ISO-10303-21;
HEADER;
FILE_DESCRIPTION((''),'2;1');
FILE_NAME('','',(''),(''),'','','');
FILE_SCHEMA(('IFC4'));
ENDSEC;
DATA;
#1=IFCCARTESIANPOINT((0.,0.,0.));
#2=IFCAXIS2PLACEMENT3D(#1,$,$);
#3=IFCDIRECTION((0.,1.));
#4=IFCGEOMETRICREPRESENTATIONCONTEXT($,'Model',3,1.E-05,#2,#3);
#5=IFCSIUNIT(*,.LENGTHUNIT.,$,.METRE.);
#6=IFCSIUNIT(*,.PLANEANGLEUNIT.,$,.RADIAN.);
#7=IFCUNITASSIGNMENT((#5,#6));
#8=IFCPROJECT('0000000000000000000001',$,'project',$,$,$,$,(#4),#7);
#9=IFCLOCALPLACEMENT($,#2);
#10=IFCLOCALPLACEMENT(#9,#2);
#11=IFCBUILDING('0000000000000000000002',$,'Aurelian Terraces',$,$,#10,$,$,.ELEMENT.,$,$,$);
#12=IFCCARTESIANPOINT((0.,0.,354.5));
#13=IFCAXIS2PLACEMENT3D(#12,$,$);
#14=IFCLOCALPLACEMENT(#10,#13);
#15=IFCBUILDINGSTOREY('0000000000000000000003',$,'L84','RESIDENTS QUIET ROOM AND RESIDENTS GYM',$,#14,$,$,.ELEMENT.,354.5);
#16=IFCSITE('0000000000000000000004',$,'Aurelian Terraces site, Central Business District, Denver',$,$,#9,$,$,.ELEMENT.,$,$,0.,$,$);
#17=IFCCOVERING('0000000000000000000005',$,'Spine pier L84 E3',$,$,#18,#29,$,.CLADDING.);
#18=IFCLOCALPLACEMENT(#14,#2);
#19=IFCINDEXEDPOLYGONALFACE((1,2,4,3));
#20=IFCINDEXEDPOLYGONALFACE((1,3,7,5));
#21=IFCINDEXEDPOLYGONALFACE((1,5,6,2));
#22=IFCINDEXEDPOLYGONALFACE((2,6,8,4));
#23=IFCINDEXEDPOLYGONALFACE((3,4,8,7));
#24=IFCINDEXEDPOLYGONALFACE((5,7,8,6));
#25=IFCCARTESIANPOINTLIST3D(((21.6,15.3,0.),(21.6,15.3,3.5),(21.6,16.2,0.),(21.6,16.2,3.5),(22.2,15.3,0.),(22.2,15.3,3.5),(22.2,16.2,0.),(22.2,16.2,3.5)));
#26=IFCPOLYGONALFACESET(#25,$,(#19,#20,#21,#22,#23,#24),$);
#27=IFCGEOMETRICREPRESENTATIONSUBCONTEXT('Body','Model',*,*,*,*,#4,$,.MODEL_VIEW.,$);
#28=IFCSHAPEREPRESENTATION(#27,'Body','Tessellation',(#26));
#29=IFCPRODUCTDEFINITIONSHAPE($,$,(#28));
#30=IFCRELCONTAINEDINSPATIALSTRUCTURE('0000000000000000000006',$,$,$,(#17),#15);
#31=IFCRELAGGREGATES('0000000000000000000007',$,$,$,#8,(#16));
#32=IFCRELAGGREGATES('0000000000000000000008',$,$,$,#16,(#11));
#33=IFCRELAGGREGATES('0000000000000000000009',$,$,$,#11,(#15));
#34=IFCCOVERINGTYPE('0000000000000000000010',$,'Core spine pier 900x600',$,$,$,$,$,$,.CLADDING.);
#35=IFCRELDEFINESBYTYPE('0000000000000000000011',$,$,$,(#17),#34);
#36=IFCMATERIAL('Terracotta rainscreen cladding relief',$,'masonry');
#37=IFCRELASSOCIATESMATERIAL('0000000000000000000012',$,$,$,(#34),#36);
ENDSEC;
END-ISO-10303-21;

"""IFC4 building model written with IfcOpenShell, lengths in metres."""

from ifc_helpers import new_model, si_unit, direction, frame, origin, origin_2d, place, context, subcontext, project, spatial, rectangle, extrude, source, transform, mapped, material, type_object, element, save


model = new_model("IFC4")

# Units and contexts
model_context = context("Model", 3, precision=1e-05, world=origin(), true_north=direction((0.0, 1.0)))
body_context = subcontext(model_context, "Body", "Model", "MODEL_VIEW")
ifc_project = project(units=[si_unit("LENGTHUNIT", "METRE"), si_unit("PLANEANGLEUNIT", "RADIAN")], contexts=[model_context])

# Site, building, storey
site_placement = place(None, origin())
site = spatial("IfcSite", under=ifc_project, at=site_placement, Name="Aurelian Terraces site, Central Business District, Denver", CompositionType="ELEMENT", RefElevation=0.0)
building_placement = place(site_placement, origin())
building = spatial("IfcBuilding", under=site, at=building_placement, Name="Aurelian Terraces", CompositionType="ELEMENT")
storey_placement = place(building_placement, frame((0.0, 0.0, 354.5)))
storey = spatial("IfcBuildingStorey", under=building, at=storey_placement, Name="L84", Description="RESIDENTS QUIET ROOM AND RESIDENTS GYM", CompositionType="ELEMENT", Elevation=354.5)

# Covering
ifc_material_1 = material(Name="Terracotta rainscreen cladding relief", Category="masonry")
covering_type_1 = type_object("IfcCoveringType", Name="Core spine pier 900x600", PredefinedType="CLADDING", material=ifc_material_1)
shared_shape_1 = source(origin(), body_context, "Body", "SweptSolid", [
    extrude(rectangle(XDim=0.6, YDim=0.9, at=origin_2d()), origin(), (0.0, 0.0, 1.0), 3.5),
])
for number, where, z_axis, x_axis, name in (
    (1, (21.9, 15.75, 0.0), (0.0, 0.0, 1.0), (1.0, 0.0, 0.0), "Spine pier L84 E3"),
):
    element("IfcCovering", number, at=place(storey_placement, frame(where, z_axis=z_axis, x_axis=x_axis)), inside=storey, type_object=covering_type_1, Name=name, PredefinedType="CLADDING", context=body_context, shape_type="MappedRepresentation", body=[
        mapped(shared_shape_1, transform((0.0, 0.0, 0.0), scale=1.0)),
    ])

save(model, "model.ifc")
